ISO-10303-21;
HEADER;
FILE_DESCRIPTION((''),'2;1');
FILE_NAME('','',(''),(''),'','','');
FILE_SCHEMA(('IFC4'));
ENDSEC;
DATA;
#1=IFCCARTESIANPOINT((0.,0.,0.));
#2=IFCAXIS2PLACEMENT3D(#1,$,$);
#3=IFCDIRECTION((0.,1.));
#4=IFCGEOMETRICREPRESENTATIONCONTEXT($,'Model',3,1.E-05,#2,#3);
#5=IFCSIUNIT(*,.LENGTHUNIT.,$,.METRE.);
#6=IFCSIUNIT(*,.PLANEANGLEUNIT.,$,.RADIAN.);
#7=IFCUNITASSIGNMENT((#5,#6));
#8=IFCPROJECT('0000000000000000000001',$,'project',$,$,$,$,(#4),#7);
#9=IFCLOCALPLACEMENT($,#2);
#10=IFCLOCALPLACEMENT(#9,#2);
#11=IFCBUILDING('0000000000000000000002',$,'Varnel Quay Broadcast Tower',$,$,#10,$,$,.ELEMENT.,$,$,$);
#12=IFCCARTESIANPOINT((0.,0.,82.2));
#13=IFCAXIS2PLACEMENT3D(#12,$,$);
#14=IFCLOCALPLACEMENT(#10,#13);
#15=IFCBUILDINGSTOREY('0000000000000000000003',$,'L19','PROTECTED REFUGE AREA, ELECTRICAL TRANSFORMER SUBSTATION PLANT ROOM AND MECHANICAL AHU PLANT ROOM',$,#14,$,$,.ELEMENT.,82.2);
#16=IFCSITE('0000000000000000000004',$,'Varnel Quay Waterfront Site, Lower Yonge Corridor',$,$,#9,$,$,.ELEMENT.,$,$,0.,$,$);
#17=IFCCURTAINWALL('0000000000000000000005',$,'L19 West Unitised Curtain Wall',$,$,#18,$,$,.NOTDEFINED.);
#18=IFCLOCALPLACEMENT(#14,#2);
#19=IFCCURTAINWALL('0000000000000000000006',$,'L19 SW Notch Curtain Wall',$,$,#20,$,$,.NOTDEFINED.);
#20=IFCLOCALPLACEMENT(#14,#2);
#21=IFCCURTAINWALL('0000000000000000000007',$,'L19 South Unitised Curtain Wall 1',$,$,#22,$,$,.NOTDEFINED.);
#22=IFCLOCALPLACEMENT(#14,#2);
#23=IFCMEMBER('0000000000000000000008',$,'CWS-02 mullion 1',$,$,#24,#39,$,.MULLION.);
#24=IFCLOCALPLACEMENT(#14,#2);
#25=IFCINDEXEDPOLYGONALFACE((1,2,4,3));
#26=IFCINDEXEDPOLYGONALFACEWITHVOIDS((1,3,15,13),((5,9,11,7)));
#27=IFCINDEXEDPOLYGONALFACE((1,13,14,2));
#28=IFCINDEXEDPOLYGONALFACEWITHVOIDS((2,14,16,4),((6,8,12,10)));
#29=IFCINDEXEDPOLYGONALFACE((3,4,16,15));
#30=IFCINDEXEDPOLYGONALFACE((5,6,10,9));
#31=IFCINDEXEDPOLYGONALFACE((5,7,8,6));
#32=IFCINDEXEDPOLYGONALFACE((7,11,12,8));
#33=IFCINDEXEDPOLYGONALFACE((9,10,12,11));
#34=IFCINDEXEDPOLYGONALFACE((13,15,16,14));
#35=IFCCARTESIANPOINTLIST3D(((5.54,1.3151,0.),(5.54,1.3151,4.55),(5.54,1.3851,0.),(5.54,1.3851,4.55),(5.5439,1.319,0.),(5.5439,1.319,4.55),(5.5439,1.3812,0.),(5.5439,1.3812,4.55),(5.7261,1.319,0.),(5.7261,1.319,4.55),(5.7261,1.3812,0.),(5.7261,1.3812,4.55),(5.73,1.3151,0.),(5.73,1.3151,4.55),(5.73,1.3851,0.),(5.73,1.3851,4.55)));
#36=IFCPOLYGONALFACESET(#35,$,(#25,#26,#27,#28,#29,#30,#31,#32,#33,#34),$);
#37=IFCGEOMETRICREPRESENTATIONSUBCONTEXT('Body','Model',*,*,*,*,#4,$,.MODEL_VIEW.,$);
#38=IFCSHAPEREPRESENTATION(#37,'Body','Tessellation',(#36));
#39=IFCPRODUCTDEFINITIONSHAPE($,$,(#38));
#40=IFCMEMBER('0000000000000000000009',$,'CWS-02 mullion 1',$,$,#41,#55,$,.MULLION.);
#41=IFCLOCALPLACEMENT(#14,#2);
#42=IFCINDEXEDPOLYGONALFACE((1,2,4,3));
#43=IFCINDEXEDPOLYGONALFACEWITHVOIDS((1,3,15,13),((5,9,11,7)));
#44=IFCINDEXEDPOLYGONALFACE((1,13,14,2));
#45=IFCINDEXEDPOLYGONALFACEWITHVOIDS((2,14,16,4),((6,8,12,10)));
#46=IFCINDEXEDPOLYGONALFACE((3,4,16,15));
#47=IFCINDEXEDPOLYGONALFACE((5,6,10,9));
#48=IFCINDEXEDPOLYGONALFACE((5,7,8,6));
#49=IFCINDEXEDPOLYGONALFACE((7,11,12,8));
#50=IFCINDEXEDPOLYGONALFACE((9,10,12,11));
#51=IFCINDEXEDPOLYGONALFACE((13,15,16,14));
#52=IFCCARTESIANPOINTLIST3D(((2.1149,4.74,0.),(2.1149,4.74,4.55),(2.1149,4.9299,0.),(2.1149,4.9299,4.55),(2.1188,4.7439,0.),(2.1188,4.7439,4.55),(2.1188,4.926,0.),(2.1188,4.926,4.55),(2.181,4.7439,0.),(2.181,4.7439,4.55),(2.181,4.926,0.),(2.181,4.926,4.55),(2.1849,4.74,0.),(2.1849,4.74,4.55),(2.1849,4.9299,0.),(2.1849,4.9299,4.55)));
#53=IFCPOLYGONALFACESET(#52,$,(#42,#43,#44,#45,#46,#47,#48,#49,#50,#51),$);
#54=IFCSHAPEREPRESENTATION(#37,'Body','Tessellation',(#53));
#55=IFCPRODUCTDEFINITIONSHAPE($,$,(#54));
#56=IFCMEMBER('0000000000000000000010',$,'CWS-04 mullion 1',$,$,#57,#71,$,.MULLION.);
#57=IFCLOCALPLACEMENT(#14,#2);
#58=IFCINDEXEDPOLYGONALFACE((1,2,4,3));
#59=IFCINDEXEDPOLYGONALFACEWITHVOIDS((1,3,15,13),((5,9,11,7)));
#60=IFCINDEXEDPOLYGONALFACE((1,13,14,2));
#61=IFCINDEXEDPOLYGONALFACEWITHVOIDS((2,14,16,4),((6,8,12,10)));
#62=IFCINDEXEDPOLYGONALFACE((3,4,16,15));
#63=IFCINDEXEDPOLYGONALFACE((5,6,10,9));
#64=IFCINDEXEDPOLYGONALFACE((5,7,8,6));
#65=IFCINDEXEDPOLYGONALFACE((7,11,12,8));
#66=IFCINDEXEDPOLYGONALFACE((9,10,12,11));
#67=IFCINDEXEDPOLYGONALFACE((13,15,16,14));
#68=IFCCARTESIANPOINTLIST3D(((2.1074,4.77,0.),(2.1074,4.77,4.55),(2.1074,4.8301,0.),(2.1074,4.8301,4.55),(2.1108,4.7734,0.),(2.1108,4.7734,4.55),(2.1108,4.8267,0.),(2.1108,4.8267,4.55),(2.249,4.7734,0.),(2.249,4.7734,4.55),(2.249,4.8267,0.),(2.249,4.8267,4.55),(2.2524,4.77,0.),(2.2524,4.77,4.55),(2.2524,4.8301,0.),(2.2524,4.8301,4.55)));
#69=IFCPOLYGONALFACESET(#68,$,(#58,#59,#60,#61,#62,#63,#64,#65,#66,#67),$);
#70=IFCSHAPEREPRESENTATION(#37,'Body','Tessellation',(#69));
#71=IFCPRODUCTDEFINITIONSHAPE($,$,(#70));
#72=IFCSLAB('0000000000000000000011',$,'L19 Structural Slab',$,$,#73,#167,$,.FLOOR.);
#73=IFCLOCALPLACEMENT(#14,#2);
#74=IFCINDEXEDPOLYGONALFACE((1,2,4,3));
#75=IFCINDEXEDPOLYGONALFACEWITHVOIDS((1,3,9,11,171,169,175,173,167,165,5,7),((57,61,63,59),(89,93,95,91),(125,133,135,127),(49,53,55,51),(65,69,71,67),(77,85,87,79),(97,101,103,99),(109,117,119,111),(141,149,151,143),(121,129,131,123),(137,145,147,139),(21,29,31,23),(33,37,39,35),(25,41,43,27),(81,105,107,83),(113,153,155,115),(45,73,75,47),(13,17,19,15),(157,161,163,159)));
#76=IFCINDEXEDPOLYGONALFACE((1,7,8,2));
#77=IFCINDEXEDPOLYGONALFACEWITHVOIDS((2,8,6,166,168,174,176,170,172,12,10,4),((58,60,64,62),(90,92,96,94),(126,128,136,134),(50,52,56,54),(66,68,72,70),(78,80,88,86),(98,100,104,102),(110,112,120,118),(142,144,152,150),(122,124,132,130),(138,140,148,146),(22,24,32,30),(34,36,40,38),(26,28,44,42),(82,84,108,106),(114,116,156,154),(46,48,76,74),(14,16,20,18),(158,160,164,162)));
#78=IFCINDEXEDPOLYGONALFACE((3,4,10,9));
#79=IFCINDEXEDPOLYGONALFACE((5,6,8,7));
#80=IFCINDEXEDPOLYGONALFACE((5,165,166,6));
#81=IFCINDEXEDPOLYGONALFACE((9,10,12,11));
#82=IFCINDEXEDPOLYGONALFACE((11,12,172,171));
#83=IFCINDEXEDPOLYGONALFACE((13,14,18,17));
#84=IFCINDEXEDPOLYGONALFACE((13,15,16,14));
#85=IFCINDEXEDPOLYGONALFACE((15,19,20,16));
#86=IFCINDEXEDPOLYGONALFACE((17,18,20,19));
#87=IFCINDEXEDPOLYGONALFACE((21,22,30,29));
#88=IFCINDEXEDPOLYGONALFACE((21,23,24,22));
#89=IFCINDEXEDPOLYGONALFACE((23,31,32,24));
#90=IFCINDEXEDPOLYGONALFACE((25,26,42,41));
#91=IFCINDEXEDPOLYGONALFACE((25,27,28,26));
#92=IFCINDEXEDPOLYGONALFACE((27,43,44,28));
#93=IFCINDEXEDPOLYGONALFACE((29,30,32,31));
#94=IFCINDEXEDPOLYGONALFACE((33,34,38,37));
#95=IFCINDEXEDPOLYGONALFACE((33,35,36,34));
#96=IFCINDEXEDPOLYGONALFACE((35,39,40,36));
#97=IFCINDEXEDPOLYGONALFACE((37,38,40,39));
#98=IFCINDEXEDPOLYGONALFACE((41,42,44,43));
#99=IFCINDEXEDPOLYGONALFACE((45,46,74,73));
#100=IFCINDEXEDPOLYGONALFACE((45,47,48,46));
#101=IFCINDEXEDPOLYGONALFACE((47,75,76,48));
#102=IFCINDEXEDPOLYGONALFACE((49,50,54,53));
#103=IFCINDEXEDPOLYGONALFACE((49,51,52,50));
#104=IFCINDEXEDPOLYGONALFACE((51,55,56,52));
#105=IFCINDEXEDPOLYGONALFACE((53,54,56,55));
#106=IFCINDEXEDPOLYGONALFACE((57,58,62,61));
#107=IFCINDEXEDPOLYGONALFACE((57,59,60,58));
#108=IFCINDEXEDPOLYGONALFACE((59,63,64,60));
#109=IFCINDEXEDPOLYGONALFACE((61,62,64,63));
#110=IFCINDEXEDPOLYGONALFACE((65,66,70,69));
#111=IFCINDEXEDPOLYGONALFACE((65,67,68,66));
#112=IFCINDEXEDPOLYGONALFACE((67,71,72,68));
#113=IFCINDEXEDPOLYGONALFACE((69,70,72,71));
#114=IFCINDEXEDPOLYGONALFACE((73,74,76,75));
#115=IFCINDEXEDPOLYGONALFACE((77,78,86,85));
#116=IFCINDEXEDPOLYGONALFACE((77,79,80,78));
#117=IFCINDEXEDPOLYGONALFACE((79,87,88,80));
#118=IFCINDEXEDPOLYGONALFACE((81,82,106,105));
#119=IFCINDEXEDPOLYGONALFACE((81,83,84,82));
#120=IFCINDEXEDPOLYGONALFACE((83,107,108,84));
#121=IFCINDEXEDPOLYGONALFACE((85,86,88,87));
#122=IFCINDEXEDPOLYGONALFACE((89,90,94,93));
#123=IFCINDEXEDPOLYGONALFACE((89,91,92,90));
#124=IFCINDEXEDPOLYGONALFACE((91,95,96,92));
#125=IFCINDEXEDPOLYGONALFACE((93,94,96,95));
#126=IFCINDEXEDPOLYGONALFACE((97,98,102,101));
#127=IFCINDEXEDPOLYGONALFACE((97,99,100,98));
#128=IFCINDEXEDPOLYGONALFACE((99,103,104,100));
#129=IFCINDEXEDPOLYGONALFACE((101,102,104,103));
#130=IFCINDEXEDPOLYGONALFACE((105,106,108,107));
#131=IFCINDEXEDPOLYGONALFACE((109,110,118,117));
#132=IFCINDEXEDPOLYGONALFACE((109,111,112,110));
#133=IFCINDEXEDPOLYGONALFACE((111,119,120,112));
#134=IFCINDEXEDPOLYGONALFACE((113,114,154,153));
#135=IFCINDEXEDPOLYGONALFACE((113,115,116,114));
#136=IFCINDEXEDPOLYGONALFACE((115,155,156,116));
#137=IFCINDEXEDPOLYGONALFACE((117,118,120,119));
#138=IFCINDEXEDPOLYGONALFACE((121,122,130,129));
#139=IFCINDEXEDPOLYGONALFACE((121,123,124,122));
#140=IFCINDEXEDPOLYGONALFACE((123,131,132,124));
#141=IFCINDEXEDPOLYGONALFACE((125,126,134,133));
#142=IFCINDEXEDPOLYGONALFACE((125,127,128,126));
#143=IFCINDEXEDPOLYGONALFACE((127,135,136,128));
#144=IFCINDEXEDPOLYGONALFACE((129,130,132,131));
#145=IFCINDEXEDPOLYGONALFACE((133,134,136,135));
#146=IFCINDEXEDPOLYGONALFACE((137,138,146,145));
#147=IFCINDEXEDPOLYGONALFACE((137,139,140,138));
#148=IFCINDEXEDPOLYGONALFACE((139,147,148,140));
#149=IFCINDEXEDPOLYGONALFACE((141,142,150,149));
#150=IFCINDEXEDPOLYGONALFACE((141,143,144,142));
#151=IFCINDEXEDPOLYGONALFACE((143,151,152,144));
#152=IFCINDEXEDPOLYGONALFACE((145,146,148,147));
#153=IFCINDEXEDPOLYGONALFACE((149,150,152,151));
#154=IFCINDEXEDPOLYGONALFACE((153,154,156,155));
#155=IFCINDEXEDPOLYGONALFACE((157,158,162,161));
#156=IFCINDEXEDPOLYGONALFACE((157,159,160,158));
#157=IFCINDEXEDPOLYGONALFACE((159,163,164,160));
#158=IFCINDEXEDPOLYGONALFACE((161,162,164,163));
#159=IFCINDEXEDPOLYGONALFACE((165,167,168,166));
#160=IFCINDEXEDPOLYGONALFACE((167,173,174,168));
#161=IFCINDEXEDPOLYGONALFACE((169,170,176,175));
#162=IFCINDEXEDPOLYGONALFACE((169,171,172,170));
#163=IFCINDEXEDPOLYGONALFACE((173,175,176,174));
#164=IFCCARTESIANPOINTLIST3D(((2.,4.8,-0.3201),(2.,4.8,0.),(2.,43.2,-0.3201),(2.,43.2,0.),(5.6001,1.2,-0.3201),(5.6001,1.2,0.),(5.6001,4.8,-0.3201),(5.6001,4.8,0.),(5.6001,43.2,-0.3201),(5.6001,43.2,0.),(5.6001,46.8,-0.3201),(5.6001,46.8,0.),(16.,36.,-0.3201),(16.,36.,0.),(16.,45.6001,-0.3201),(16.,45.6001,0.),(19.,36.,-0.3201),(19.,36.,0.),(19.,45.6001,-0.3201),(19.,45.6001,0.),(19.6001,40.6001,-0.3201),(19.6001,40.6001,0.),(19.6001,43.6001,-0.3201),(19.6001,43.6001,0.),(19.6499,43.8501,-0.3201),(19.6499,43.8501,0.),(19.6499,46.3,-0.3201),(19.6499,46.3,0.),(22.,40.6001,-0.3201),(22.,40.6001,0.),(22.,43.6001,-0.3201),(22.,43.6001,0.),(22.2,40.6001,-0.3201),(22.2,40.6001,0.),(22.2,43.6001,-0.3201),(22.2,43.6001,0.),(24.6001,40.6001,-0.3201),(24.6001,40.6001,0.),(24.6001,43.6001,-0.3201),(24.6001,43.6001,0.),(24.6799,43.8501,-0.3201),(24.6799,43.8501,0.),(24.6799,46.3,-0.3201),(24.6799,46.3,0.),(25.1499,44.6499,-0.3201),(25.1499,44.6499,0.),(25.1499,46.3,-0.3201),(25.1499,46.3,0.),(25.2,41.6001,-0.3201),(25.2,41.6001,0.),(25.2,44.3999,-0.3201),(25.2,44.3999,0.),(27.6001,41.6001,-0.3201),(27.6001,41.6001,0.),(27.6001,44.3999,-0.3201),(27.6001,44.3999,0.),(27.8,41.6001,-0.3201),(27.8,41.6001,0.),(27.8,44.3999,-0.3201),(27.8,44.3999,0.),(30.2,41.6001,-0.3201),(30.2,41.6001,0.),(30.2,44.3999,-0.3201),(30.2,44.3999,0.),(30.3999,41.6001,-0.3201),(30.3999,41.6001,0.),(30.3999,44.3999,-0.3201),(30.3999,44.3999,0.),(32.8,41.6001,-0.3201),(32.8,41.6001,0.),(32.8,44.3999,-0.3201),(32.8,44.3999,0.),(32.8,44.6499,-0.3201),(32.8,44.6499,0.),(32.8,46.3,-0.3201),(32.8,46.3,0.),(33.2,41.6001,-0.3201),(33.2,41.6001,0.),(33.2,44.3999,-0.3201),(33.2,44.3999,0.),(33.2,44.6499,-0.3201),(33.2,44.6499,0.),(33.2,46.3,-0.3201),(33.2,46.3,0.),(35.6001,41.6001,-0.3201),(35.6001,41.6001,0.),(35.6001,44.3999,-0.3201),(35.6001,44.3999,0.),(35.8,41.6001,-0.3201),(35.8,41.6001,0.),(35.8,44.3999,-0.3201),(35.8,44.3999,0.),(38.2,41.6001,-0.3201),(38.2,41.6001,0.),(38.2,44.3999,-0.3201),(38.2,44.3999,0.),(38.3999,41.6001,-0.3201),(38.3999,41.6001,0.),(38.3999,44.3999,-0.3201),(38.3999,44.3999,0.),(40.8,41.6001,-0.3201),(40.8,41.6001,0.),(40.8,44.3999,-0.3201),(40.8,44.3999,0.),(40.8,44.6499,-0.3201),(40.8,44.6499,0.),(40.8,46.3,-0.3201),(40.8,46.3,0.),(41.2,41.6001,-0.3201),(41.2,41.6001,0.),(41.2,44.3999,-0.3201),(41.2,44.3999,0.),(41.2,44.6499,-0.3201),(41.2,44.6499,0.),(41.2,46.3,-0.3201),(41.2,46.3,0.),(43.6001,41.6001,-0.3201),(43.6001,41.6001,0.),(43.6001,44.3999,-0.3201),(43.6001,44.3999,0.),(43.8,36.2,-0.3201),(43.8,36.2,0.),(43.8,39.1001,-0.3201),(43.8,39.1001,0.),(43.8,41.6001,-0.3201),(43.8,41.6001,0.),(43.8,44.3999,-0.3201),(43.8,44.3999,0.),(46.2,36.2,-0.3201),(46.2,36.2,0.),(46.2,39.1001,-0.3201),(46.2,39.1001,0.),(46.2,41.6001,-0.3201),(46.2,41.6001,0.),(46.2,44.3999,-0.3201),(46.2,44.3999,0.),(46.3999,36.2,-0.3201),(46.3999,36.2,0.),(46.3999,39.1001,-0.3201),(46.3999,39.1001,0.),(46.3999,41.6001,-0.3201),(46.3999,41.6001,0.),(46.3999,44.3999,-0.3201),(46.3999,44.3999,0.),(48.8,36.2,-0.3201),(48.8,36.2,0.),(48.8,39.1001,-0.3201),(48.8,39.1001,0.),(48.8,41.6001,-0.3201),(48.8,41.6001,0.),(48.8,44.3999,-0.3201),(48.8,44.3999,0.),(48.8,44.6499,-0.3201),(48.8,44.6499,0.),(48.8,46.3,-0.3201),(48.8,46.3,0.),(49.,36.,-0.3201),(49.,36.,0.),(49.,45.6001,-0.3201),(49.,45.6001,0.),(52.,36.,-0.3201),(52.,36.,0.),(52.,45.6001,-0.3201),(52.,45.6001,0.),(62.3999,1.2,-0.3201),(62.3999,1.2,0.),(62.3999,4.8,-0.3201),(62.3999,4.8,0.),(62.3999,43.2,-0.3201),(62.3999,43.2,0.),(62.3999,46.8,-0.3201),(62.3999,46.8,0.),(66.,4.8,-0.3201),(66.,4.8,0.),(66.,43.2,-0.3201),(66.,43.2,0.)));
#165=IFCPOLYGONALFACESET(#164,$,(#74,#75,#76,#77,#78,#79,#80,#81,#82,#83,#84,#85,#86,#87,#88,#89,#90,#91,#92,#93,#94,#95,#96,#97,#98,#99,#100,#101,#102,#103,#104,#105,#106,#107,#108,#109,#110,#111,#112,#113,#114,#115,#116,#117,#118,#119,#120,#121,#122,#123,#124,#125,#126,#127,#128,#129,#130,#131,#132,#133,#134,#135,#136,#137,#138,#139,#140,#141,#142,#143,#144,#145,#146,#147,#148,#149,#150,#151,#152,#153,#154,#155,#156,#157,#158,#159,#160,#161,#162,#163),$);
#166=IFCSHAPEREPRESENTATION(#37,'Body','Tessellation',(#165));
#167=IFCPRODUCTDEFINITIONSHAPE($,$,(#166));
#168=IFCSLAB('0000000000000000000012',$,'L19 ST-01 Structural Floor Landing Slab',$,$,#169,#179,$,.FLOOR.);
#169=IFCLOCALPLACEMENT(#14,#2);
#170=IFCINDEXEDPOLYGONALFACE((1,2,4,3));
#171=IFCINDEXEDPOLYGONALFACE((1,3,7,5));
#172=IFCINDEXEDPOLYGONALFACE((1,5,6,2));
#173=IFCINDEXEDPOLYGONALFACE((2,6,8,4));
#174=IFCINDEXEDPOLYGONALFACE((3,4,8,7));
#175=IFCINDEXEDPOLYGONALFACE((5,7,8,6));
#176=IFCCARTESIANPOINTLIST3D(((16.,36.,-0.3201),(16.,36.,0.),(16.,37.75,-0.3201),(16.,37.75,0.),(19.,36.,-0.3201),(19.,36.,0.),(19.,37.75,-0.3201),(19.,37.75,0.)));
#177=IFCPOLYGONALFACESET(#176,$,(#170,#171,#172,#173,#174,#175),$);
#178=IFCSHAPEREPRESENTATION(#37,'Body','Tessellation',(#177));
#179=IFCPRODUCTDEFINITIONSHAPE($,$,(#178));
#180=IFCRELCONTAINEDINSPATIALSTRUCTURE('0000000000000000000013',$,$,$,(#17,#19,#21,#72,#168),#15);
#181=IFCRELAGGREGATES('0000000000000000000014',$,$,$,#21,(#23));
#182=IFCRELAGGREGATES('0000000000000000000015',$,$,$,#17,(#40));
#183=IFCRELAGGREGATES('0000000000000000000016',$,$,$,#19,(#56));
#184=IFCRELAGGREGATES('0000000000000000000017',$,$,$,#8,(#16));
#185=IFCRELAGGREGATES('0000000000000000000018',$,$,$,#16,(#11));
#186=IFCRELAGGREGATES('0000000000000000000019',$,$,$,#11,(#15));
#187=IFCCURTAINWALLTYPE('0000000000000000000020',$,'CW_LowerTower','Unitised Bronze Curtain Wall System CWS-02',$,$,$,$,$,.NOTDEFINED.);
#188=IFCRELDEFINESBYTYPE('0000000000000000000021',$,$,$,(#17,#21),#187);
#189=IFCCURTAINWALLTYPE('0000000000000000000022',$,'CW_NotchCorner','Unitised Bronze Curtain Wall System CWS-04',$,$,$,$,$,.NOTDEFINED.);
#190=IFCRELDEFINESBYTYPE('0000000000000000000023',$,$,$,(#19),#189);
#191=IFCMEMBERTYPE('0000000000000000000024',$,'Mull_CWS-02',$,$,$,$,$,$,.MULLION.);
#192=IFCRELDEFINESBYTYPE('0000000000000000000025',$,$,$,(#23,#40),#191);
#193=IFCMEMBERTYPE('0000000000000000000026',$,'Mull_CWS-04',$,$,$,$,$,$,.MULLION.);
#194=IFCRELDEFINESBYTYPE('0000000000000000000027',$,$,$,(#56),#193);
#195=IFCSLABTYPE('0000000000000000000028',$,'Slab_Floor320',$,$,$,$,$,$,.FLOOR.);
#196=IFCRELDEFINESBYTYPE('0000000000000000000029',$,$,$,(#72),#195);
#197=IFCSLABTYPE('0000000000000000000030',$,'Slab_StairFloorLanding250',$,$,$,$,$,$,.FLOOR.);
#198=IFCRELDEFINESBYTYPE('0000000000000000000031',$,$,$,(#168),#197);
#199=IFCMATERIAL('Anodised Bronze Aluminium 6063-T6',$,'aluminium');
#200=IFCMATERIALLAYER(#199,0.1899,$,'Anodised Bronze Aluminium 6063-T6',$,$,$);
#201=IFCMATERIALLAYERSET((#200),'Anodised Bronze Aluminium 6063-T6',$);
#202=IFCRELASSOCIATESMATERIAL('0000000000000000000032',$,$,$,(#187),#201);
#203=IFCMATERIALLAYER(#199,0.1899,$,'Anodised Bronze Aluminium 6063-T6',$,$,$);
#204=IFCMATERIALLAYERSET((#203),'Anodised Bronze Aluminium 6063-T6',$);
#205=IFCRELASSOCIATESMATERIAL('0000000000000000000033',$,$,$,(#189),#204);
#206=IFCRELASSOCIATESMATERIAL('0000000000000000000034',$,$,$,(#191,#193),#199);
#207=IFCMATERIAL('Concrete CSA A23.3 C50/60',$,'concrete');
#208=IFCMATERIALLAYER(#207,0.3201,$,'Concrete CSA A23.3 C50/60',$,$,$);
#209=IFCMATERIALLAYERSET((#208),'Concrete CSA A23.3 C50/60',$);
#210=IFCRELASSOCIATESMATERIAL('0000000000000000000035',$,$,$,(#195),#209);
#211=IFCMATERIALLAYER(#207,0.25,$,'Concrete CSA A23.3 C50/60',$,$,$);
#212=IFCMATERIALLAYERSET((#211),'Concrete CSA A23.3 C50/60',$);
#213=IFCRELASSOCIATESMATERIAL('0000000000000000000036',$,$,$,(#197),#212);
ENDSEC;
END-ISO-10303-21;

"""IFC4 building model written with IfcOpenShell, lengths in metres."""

from ifc_helpers import new_model, si_unit, direction, frame, origin, origin_2d, place, context, subcontext, project, spatial, polyline, hollow_rectangle, outline, extrude, source, transform, mapped, material, layer, layer_set, material_profile, profile_set, type_object, type_shapes, element, aggregate, save


model = new_model("IFC4")

# Units and contexts
model_context = context("Model", 3, precision=1e-05, world=origin(), true_north=direction((0.0, 1.0)))
body_context = subcontext(model_context, "Body", "Model", "MODEL_VIEW")
ifc_project = project(units=[si_unit("LENGTHUNIT", "METRE"), si_unit("PLANEANGLEUNIT", "RADIAN")], contexts=[model_context])

# Site, building, storey
site_placement = place(None, origin())
site = spatial("IfcSite", under=ifc_project, at=site_placement, Name="Varnel Quay Waterfront Site, Lower Yonge Corridor", CompositionType="ELEMENT", RefElevation=0.0)
building_placement = place(site_placement, origin())
building = spatial("IfcBuilding", under=site, at=building_placement, Name="Varnel Quay Broadcast Tower", CompositionType="ELEMENT")
storey_placement = place(building_placement, frame((0.0, 0.0, 82.2)))
storey = spatial("IfcBuildingStorey", under=building, at=storey_placement, Name="L19", Description="PROTECTED REFUGE AREA, ELECTRICAL TRANSFORMER SUBSTATION PLANT ROOM AND MECHANICAL AHU PLANT ROOM", CompositionType="ELEMENT", Elevation=82.2)

# Curtain wall
ifc_material_1 = material(Name="Anodised Bronze Aluminium 6063-T6", Category="aluminium")
ifc_layer_1 = layer(ifc_material_1, 0.1899, Name="Anodised Bronze Aluminium 6063-T6")
ifc_layer_set_1 = layer_set([ifc_layer_1], Name="Anodised Bronze Aluminium 6063-T6")
curtain_wall_type_1 = type_object("IfcCurtainWallType", Name="CW_LowerTower", Description="Unitised Bronze Curtain Wall System CWS-02", PredefinedType="NOTDEFINED", material=ifc_layer_set_1)
curtain_wall_1_placement = place(storey_placement, origin())
curtain_wall_1 = element("IfcCurtainWall", 1, at=curtain_wall_1_placement, inside=storey, type_object=curtain_wall_type_1, Name="L19 West Unitised Curtain Wall", PredefinedType="NOTDEFINED")

# Curtain wall
ifc_layer_2 = layer(ifc_material_1, 0.1899, Name="Anodised Bronze Aluminium 6063-T6")
ifc_layer_set_2 = layer_set([ifc_layer_2], Name="Anodised Bronze Aluminium 6063-T6")
curtain_wall_type_2 = type_object("IfcCurtainWallType", Name="CW_NotchCorner", Description="Unitised Bronze Curtain Wall System CWS-04", PredefinedType="NOTDEFINED", material=ifc_layer_set_2)
curtain_wall_2_placement = place(storey_placement, origin())
curtain_wall_2 = element("IfcCurtainWall", 2, at=curtain_wall_2_placement, inside=storey, type_object=curtain_wall_type_2, Name="L19 SW Notch Curtain Wall", PredefinedType="NOTDEFINED")

# Curtain wall, member
curtain_wall_3_placement = place(storey_placement, origin())
curtain_wall_3 = element("IfcCurtainWall", 3, at=curtain_wall_3_placement, inside=storey, type_object=curtain_wall_type_1, Name="L19 South Unitised Curtain Wall 1", PredefinedType="NOTDEFINED")
ifc_material_profile_1 = material_profile(ifc_material_1, hollow_rectangle(XDim=0.0701, YDim=0.1899, WallThickness=0.0039, at=origin_2d()), Name="ALU70X190X4")
ifc_profile_set_1 = profile_set([ifc_material_profile_1], Name="Anodised Bronze Aluminium 6063-T6")
member_type_1 = type_object("IfcMemberType", Name="Mull_CWS-02", PredefinedType="MULLION", material=ifc_profile_set_1)
shared_shape_1 = source(origin(), body_context, "Body", "SweptSolid", [
    extrude(hollow_rectangle(XDim=0.0701, YDim=0.1899, WallThickness=0.0039, at=origin_2d()), origin(), (0.0, 0.0, 1.0), 4.55),
])
type_shapes(member_type_1, [shared_shape_1])
member_1_placement = place(storey_placement, frame((5.635, 1.3501, 0.0), z_axis=(0.0, 0.0, 1.0), x_axis=(0.0, 1.0, 0.0)))
member_1 = element("IfcMember", 4, at=member_1_placement, type_object=member_type_1, Name="CWS-02 mullion 1", PredefinedType="MULLION", context=body_context, shape_type="MappedRepresentation", body=[
    mapped(shared_shape_1, transform((0.0, 0.0, 0.0), x_axis=(1.0, 0.0, 0.0), y_axis=(0.0, 1.0, 0.0), z_axis=(0.0, 0.0, 1.0), scale=1.0)),
])
aggregate(curtain_wall_3, [member_1])

# Members
member_2_placement = place(storey_placement, frame((2.1499, 4.835, 0.0), z_axis=(0.0, 0.0, 1.0), x_axis=(-1.0, 0.0, 0.0)))
member_2 = element("IfcMember", 5, at=member_2_placement, type_object=member_type_1, Name="CWS-02 mullion 1", PredefinedType="MULLION", context=body_context, shape_type="MappedRepresentation", body=[
    mapped(shared_shape_1, transform((0.0, 0.0, 0.0), x_axis=(1.0, 0.0, 0.0), y_axis=(0.0, 1.0, 0.0), z_axis=(0.0, 0.0, 1.0), scale=1.0)),
])
aggregate(curtain_wall_1, [member_2])
ifc_material_profile_2 = material_profile(ifc_material_1, hollow_rectangle(XDim=0.0601, YDim=0.145, WallThickness=0.0034, at=origin_2d()), Name="ALU60X145X3.5")
ifc_profile_set_2 = profile_set([ifc_material_profile_2], Name="Anodised Bronze Aluminium 6063-T6")
member_type_2 = type_object("IfcMemberType", Name="Mull_CWS-04", PredefinedType="MULLION", material=ifc_profile_set_2)
shared_shape_2 = source(origin(), body_context, "Body", "SweptSolid", [
    extrude(hollow_rectangle(XDim=0.0601, YDim=0.145, WallThickness=0.0034, at=origin_2d()), origin(), (0.0, 0.0, 1.0), 4.55),
])
type_shapes(member_type_2, [shared_shape_2])
member_3_placement = place(storey_placement, frame((2.1799, 4.8, 0.0), z_axis=(0.0, 0.0, 1.0), x_axis=(0.0, 1.0, 0.0)))
member_3 = element("IfcMember", 6, at=member_3_placement, type_object=member_type_2, Name="CWS-04 mullion 1", PredefinedType="MULLION", context=body_context, shape_type="MappedRepresentation", body=[
    mapped(shared_shape_2, transform((0.0, 0.0, 0.0), x_axis=(1.0, 0.0, 0.0), y_axis=(0.0, 1.0, 0.0), z_axis=(0.0, 0.0, 1.0), scale=1.0)),
])

# Slabs
ifc_material_2 = material(Name="Concrete CSA A23.3 C50/60", Category="concrete")
ifc_layer_3 = layer(ifc_material_2, 0.3201, Name="Concrete CSA A23.3 C50/60")
ifc_layer_set_3 = layer_set([ifc_layer_3], Name="Concrete CSA A23.3 C50/60")
slab_type_1 = type_object("IfcSlabType", Name="Slab_Floor320", PredefinedType="FLOOR", material=ifc_layer_set_3)
slab_1_placement = place(storey_placement, frame((0.0, 0.0, -0.3201)))
element("IfcSlab", 7, at=slab_1_placement, inside=storey, type_object=slab_type_1, Name="L19 Structural Slab", PredefinedType="FLOOR", context=body_context, shape_type="SweptSolid", body=[
    extrude(outline(polyline([(5.6001, 1.2), (62.3999, 1.2), (62.3999, 4.8), (66.0, 4.8), (66.0, 43.2), (62.3999, 43.2), (62.3999, 46.8), (5.6001, 46.8), (5.6001, 43.2), (2.0, 43.2), (2.0, 4.8), (5.6001, 4.8), (5.6001, 1.2)]), holes=[polyline([(16.0, 36.0), (16.0, 45.6001), (19.0, 45.6001), (19.0, 36.0), (16.0, 36.0)]), polyline([(19.6001, 43.6001), (22.0, 43.6001), (22.0, 40.6001), (19.6001, 40.6001), (19.6001, 43.6001)]), polyline([(22.2, 43.6001), (24.6001, 43.6001), (24.6001, 40.6001), (22.2, 40.6001), (22.2, 43.6001)]), polyline([(25.2, 44.3999), (27.6001, 44.3999), (27.6001, 41.6001), (25.2, 41.6001), (25.2, 44.3999)]), polyline([(27.8, 44.3999), (30.2, 44.3999), (30.2, 41.6001), (27.8, 41.6001), (27.8, 44.3999)]), polyline([(30.3999, 44.3999), (32.8, 44.3999), (32.8, 41.6001), (30.3999, 41.6001), (30.3999, 44.3999)]), polyline([(33.2, 44.3999), (35.6001, 44.3999), (35.6001, 41.6001), (33.2, 41.6001), (33.2, 44.3999)]), polyline([(38.2, 44.3999), (38.2, 41.6001), (35.8, 41.6001), (35.8, 44.3999), (38.2, 44.3999)]), polyline([(24.6799, 46.3), (24.6799, 43.8501), (19.6499, 43.8501), (19.6499, 46.3), (24.6799, 46.3)]), polyline([(25.1499, 46.3), (32.8, 46.3), (32.8, 44.6499), (25.1499, 44.6499), (25.1499, 46.3)]), polyline([(43.8, 39.1001), (46.2, 39.1001), (46.2, 36.2), (43.8, 36.2), (43.8, 39.1001)]), polyline([(46.3999, 39.1001), (48.8, 39.1001), (48.8, 36.2), (46.3999, 36.2), (46.3999, 39.1001)]), polyline([(49.0, 45.6001), (52.0, 45.6001), (52.0, 36.0), (49.0, 36.0), (49.0, 45.6001)]), polyline([(40.8, 44.3999), (40.8, 41.6001), (38.3999, 41.6001), (38.3999, 44.3999), (40.8, 44.3999)]), polyline([(41.2, 44.3999), (43.6001, 44.3999), (43.6001, 41.6001), (41.2, 41.6001), (41.2, 44.3999)]), polyline([(43.8, 44.3999), (46.2, 44.3999), (46.2, 41.6001), (43.8, 41.6001), (43.8, 44.3999)]), polyline([(46.3999, 44.3999), (48.8, 44.3999), (48.8, 41.6001), (46.3999, 41.6001), (46.3999, 44.3999)]), polyline([(40.8, 46.3), (40.8, 44.6499), (33.2, 44.6499), (33.2, 46.3), (40.8, 46.3)]), polyline([(48.8, 46.3), (48.8, 44.6499), (41.2, 44.6499), (41.2, 46.3), (48.8, 46.3)])]), origin(), (0.0, 0.0, 1.0), 0.3201),
])
ifc_layer_4 = layer(ifc_material_2, 0.25, Name="Concrete CSA A23.3 C50/60")
ifc_layer_set_4 = layer_set([ifc_layer_4], Name="Concrete CSA A23.3 C50/60")
slab_type_2 = type_object("IfcSlabType", Name="Slab_StairFloorLanding250", PredefinedType="FLOOR", material=ifc_layer_set_4)
slab_2_placement = place(storey_placement, frame((0.0, 0.0, -0.3201)))
element("IfcSlab", 8, at=slab_2_placement, inside=storey, type_object=slab_type_2, Name="L19 ST-01 Structural Floor Landing Slab", PredefinedType="FLOOR", context=body_context, shape_type="SweptSolid", body=[
    extrude(outline(polyline([(19.0, 36.0), (19.0, 37.75), (16.0, 37.75), (16.0, 36.0), (19.0, 36.0)])), origin(), (0.0, 0.0, 1.0), 0.3201),
])

aggregate(curtain_wall_2, [member_3])

save(model, "model.ifc")
